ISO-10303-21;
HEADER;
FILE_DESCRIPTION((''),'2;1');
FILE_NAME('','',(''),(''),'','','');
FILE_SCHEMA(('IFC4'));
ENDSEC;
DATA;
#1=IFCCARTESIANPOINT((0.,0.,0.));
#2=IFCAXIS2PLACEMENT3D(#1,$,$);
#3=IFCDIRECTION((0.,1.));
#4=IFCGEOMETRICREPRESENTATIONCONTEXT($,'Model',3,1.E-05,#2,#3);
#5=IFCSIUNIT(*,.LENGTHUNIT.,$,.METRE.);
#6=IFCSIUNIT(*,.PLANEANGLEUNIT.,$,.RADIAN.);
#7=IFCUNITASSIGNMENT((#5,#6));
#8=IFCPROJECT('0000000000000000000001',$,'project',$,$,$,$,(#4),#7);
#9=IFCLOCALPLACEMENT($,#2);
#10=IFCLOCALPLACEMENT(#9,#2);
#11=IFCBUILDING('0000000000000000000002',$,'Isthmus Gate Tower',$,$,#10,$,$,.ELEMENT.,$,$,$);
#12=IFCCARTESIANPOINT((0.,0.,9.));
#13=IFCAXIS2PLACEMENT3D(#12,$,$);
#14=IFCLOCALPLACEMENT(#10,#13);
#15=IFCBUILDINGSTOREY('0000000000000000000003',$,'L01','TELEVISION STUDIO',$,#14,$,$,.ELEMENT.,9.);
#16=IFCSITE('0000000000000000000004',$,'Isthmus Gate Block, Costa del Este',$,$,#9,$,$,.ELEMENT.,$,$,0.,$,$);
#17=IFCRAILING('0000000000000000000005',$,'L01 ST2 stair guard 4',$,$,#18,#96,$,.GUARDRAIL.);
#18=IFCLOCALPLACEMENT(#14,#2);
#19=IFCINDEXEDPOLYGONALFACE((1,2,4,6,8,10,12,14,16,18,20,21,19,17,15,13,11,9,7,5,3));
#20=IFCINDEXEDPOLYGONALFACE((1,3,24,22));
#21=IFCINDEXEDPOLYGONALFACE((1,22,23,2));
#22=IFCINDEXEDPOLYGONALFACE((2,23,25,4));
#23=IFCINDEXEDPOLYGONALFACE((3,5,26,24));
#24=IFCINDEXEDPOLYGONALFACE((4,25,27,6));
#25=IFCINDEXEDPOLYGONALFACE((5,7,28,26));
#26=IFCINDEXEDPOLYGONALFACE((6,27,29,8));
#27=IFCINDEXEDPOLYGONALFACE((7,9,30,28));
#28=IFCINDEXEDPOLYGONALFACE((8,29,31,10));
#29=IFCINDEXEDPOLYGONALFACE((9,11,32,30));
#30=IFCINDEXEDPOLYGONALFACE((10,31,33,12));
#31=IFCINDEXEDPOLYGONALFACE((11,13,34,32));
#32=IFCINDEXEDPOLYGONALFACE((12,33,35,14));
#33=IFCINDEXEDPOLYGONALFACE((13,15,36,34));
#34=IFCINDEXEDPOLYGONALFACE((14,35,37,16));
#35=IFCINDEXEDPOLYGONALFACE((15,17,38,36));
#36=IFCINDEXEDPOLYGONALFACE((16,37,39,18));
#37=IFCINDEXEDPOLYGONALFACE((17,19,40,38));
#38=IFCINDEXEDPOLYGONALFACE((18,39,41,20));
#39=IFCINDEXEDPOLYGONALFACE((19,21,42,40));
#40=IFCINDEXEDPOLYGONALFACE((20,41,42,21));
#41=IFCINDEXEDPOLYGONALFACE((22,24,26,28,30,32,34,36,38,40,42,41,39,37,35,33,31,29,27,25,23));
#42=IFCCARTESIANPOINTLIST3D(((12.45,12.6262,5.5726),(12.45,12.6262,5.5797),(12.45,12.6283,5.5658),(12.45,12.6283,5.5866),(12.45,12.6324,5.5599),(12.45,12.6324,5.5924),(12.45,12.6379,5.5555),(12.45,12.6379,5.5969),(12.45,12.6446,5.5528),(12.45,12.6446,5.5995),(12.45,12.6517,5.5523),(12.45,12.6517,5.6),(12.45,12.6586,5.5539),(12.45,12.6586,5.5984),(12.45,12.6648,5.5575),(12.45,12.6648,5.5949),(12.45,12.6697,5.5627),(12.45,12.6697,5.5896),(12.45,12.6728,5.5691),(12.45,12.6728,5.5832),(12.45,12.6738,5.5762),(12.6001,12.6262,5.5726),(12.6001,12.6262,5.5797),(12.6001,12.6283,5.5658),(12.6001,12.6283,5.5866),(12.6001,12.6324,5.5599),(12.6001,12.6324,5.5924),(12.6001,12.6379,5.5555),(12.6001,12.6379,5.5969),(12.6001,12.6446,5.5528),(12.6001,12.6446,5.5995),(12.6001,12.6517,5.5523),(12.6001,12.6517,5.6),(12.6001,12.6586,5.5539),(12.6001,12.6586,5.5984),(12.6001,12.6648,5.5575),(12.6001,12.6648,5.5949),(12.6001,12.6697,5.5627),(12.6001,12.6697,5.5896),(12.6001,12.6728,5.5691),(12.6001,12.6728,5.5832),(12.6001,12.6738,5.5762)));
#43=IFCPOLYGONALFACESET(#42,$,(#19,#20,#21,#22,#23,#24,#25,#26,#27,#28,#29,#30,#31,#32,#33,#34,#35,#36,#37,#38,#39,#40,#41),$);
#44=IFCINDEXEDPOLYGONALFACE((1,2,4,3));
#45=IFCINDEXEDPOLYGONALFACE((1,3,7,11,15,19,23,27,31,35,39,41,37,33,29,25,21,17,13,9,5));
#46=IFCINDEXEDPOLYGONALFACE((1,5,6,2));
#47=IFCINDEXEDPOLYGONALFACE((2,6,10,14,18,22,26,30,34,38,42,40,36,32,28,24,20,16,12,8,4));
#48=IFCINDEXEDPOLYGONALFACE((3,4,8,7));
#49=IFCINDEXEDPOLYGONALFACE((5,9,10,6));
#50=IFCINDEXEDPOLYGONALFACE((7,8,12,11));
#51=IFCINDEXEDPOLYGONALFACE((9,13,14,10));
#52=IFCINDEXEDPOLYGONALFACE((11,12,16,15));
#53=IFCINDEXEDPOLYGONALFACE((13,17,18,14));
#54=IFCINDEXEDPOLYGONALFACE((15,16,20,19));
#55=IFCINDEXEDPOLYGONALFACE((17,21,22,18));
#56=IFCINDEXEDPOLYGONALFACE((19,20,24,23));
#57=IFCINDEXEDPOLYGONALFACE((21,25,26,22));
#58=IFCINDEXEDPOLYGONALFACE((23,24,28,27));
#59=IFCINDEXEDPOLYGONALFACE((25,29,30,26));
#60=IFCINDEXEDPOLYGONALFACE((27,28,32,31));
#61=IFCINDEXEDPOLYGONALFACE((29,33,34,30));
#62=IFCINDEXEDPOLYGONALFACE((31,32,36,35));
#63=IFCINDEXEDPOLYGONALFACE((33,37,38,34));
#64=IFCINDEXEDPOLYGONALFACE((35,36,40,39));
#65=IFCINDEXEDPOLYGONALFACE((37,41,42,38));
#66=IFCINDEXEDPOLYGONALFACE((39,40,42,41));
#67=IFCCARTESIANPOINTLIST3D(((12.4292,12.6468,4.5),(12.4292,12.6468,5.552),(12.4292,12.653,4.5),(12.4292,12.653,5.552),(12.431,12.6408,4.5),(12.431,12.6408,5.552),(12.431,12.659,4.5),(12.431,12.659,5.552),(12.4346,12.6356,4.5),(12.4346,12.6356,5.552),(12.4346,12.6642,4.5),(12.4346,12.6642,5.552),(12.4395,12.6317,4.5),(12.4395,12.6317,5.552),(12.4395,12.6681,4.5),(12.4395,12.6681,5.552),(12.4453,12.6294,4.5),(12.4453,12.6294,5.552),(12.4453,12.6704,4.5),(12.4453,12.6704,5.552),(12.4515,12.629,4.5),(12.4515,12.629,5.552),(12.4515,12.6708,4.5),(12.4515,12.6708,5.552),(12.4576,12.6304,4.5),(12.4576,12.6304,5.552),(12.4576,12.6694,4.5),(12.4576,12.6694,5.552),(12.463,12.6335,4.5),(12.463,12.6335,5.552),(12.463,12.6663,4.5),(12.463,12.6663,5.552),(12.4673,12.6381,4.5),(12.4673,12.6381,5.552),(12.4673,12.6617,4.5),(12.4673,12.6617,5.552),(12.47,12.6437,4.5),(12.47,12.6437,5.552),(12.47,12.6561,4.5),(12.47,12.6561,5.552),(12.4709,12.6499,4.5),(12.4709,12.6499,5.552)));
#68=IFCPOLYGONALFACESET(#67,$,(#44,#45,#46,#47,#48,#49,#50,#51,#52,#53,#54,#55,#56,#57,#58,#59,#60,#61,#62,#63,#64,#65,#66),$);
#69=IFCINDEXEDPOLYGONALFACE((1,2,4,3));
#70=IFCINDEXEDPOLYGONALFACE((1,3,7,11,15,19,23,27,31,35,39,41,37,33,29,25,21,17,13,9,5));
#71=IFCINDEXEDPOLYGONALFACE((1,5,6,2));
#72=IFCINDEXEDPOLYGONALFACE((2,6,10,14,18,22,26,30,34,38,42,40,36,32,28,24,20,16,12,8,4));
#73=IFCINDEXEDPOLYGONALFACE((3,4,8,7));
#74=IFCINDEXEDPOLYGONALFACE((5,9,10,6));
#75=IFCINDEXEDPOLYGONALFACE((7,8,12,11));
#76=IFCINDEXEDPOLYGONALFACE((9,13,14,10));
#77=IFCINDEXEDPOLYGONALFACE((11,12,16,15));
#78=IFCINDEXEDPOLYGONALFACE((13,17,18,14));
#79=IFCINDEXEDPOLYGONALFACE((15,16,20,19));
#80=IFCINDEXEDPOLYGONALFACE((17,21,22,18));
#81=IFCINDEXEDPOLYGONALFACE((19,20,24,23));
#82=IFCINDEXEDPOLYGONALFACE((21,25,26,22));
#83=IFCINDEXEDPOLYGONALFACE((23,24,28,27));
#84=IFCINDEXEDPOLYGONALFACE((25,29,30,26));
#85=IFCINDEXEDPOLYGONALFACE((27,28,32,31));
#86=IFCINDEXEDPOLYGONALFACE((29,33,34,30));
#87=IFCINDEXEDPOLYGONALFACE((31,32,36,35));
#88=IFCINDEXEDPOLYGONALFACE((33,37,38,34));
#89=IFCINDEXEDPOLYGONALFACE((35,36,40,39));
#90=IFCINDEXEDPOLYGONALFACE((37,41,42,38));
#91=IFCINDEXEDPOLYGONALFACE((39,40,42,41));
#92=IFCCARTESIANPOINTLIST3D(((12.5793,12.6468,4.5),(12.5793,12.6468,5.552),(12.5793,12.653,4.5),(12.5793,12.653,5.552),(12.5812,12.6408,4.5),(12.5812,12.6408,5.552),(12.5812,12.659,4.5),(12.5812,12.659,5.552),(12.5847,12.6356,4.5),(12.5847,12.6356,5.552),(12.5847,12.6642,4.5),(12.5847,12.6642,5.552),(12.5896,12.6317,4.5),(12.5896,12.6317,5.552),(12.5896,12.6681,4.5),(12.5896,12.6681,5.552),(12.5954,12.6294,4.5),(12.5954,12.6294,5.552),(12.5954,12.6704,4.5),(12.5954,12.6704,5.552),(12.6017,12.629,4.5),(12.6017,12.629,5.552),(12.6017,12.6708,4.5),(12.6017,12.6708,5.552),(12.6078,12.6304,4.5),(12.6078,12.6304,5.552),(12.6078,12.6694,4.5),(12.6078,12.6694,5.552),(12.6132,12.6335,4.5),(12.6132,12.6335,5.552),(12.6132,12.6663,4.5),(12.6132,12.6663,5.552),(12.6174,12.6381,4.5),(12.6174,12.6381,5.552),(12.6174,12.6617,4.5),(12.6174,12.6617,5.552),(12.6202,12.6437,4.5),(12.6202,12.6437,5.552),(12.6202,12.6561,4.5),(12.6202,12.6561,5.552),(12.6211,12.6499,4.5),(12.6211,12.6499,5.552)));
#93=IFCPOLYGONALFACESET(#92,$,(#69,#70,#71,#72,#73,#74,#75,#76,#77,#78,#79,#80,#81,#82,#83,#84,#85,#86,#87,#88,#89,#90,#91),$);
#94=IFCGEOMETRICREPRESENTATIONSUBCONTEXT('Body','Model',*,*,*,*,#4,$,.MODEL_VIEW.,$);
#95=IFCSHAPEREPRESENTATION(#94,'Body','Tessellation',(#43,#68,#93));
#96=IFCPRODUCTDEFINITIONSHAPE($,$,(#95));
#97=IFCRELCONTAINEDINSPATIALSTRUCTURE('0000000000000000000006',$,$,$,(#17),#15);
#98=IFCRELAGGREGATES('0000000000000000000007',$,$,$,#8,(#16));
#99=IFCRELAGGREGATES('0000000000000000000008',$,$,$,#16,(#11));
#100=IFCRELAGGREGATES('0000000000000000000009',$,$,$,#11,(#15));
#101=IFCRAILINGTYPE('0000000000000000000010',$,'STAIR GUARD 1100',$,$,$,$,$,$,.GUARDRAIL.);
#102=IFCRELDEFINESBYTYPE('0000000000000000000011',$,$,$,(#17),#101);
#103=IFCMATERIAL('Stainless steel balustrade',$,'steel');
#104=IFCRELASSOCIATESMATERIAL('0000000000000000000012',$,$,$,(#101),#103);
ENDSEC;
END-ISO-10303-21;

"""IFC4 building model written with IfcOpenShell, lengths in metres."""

from ifc_helpers import new_model, si_unit, direction, frame, origin, origin_2d, place, context, subcontext, project, spatial, circle, extrude, material, type_object, element, save


model = new_model("IFC4")

# Units and contexts
model_context = context("Model", 3, precision=1e-05, world=origin(), true_north=direction((0.0, 1.0)))
body_context = subcontext(model_context, "Body", "Model", "MODEL_VIEW")
ifc_project = project(units=[si_unit("LENGTHUNIT", "METRE"), si_unit("PLANEANGLEUNIT", "RADIAN")], contexts=[model_context])

# Site, building, storey
site_placement = place(None, origin())
site = spatial("IfcSite", under=ifc_project, at=site_placement, Name="Isthmus Gate Block, Costa del Este", CompositionType="ELEMENT", RefElevation=0.0)
building_placement = place(site_placement, origin())
building = spatial("IfcBuilding", under=site, at=building_placement, Name="Isthmus Gate Tower", CompositionType="ELEMENT")
storey_placement = place(building_placement, frame((0.0, 0.0, 9.0)))
storey = spatial("IfcBuildingStorey", under=building, at=storey_placement, Name="L01", Description="TELEVISION STUDIO", CompositionType="ELEMENT", Elevation=9.0)

# Railing
ifc_material_1 = material(Name="Stainless steel balustrade", Category="steel")
railing_type_1 = type_object("IfcRailingType", Name="STAIR GUARD 1100", PredefinedType="GUARDRAIL", material=ifc_material_1)
railing_1_placement = place(storey_placement, frame((12.45, 12.6499, 4.5)))
element("IfcRailing", 1, at=railing_1_placement, inside=storey, type_object=railing_type_1, Name="L01 ST2 stair guard 4", PredefinedType="GUARDRAIL", context=body_context, shape_type="SweptSolid", body=[
    extrude(circle(Radius=0.0239, at=origin_2d()), frame((0.0, 0.0, 1.0762), z_axis=(1.0, 0.0, 0.0), x_axis=(0.0, 1.0, 0.0)), (0.0, 0.0, 1.0), 0.1501),
    extrude(circle(Radius=0.021, at=origin_2d()), origin(), (0.0, 0.0, 1.0), 1.052),
    extrude(circle(Radius=0.021, at=origin_2d()), frame((0.1501, 0.0, 0.0)), (0.0, 0.0, 1.0), 1.052),
])

save(model, "model.ifc")
